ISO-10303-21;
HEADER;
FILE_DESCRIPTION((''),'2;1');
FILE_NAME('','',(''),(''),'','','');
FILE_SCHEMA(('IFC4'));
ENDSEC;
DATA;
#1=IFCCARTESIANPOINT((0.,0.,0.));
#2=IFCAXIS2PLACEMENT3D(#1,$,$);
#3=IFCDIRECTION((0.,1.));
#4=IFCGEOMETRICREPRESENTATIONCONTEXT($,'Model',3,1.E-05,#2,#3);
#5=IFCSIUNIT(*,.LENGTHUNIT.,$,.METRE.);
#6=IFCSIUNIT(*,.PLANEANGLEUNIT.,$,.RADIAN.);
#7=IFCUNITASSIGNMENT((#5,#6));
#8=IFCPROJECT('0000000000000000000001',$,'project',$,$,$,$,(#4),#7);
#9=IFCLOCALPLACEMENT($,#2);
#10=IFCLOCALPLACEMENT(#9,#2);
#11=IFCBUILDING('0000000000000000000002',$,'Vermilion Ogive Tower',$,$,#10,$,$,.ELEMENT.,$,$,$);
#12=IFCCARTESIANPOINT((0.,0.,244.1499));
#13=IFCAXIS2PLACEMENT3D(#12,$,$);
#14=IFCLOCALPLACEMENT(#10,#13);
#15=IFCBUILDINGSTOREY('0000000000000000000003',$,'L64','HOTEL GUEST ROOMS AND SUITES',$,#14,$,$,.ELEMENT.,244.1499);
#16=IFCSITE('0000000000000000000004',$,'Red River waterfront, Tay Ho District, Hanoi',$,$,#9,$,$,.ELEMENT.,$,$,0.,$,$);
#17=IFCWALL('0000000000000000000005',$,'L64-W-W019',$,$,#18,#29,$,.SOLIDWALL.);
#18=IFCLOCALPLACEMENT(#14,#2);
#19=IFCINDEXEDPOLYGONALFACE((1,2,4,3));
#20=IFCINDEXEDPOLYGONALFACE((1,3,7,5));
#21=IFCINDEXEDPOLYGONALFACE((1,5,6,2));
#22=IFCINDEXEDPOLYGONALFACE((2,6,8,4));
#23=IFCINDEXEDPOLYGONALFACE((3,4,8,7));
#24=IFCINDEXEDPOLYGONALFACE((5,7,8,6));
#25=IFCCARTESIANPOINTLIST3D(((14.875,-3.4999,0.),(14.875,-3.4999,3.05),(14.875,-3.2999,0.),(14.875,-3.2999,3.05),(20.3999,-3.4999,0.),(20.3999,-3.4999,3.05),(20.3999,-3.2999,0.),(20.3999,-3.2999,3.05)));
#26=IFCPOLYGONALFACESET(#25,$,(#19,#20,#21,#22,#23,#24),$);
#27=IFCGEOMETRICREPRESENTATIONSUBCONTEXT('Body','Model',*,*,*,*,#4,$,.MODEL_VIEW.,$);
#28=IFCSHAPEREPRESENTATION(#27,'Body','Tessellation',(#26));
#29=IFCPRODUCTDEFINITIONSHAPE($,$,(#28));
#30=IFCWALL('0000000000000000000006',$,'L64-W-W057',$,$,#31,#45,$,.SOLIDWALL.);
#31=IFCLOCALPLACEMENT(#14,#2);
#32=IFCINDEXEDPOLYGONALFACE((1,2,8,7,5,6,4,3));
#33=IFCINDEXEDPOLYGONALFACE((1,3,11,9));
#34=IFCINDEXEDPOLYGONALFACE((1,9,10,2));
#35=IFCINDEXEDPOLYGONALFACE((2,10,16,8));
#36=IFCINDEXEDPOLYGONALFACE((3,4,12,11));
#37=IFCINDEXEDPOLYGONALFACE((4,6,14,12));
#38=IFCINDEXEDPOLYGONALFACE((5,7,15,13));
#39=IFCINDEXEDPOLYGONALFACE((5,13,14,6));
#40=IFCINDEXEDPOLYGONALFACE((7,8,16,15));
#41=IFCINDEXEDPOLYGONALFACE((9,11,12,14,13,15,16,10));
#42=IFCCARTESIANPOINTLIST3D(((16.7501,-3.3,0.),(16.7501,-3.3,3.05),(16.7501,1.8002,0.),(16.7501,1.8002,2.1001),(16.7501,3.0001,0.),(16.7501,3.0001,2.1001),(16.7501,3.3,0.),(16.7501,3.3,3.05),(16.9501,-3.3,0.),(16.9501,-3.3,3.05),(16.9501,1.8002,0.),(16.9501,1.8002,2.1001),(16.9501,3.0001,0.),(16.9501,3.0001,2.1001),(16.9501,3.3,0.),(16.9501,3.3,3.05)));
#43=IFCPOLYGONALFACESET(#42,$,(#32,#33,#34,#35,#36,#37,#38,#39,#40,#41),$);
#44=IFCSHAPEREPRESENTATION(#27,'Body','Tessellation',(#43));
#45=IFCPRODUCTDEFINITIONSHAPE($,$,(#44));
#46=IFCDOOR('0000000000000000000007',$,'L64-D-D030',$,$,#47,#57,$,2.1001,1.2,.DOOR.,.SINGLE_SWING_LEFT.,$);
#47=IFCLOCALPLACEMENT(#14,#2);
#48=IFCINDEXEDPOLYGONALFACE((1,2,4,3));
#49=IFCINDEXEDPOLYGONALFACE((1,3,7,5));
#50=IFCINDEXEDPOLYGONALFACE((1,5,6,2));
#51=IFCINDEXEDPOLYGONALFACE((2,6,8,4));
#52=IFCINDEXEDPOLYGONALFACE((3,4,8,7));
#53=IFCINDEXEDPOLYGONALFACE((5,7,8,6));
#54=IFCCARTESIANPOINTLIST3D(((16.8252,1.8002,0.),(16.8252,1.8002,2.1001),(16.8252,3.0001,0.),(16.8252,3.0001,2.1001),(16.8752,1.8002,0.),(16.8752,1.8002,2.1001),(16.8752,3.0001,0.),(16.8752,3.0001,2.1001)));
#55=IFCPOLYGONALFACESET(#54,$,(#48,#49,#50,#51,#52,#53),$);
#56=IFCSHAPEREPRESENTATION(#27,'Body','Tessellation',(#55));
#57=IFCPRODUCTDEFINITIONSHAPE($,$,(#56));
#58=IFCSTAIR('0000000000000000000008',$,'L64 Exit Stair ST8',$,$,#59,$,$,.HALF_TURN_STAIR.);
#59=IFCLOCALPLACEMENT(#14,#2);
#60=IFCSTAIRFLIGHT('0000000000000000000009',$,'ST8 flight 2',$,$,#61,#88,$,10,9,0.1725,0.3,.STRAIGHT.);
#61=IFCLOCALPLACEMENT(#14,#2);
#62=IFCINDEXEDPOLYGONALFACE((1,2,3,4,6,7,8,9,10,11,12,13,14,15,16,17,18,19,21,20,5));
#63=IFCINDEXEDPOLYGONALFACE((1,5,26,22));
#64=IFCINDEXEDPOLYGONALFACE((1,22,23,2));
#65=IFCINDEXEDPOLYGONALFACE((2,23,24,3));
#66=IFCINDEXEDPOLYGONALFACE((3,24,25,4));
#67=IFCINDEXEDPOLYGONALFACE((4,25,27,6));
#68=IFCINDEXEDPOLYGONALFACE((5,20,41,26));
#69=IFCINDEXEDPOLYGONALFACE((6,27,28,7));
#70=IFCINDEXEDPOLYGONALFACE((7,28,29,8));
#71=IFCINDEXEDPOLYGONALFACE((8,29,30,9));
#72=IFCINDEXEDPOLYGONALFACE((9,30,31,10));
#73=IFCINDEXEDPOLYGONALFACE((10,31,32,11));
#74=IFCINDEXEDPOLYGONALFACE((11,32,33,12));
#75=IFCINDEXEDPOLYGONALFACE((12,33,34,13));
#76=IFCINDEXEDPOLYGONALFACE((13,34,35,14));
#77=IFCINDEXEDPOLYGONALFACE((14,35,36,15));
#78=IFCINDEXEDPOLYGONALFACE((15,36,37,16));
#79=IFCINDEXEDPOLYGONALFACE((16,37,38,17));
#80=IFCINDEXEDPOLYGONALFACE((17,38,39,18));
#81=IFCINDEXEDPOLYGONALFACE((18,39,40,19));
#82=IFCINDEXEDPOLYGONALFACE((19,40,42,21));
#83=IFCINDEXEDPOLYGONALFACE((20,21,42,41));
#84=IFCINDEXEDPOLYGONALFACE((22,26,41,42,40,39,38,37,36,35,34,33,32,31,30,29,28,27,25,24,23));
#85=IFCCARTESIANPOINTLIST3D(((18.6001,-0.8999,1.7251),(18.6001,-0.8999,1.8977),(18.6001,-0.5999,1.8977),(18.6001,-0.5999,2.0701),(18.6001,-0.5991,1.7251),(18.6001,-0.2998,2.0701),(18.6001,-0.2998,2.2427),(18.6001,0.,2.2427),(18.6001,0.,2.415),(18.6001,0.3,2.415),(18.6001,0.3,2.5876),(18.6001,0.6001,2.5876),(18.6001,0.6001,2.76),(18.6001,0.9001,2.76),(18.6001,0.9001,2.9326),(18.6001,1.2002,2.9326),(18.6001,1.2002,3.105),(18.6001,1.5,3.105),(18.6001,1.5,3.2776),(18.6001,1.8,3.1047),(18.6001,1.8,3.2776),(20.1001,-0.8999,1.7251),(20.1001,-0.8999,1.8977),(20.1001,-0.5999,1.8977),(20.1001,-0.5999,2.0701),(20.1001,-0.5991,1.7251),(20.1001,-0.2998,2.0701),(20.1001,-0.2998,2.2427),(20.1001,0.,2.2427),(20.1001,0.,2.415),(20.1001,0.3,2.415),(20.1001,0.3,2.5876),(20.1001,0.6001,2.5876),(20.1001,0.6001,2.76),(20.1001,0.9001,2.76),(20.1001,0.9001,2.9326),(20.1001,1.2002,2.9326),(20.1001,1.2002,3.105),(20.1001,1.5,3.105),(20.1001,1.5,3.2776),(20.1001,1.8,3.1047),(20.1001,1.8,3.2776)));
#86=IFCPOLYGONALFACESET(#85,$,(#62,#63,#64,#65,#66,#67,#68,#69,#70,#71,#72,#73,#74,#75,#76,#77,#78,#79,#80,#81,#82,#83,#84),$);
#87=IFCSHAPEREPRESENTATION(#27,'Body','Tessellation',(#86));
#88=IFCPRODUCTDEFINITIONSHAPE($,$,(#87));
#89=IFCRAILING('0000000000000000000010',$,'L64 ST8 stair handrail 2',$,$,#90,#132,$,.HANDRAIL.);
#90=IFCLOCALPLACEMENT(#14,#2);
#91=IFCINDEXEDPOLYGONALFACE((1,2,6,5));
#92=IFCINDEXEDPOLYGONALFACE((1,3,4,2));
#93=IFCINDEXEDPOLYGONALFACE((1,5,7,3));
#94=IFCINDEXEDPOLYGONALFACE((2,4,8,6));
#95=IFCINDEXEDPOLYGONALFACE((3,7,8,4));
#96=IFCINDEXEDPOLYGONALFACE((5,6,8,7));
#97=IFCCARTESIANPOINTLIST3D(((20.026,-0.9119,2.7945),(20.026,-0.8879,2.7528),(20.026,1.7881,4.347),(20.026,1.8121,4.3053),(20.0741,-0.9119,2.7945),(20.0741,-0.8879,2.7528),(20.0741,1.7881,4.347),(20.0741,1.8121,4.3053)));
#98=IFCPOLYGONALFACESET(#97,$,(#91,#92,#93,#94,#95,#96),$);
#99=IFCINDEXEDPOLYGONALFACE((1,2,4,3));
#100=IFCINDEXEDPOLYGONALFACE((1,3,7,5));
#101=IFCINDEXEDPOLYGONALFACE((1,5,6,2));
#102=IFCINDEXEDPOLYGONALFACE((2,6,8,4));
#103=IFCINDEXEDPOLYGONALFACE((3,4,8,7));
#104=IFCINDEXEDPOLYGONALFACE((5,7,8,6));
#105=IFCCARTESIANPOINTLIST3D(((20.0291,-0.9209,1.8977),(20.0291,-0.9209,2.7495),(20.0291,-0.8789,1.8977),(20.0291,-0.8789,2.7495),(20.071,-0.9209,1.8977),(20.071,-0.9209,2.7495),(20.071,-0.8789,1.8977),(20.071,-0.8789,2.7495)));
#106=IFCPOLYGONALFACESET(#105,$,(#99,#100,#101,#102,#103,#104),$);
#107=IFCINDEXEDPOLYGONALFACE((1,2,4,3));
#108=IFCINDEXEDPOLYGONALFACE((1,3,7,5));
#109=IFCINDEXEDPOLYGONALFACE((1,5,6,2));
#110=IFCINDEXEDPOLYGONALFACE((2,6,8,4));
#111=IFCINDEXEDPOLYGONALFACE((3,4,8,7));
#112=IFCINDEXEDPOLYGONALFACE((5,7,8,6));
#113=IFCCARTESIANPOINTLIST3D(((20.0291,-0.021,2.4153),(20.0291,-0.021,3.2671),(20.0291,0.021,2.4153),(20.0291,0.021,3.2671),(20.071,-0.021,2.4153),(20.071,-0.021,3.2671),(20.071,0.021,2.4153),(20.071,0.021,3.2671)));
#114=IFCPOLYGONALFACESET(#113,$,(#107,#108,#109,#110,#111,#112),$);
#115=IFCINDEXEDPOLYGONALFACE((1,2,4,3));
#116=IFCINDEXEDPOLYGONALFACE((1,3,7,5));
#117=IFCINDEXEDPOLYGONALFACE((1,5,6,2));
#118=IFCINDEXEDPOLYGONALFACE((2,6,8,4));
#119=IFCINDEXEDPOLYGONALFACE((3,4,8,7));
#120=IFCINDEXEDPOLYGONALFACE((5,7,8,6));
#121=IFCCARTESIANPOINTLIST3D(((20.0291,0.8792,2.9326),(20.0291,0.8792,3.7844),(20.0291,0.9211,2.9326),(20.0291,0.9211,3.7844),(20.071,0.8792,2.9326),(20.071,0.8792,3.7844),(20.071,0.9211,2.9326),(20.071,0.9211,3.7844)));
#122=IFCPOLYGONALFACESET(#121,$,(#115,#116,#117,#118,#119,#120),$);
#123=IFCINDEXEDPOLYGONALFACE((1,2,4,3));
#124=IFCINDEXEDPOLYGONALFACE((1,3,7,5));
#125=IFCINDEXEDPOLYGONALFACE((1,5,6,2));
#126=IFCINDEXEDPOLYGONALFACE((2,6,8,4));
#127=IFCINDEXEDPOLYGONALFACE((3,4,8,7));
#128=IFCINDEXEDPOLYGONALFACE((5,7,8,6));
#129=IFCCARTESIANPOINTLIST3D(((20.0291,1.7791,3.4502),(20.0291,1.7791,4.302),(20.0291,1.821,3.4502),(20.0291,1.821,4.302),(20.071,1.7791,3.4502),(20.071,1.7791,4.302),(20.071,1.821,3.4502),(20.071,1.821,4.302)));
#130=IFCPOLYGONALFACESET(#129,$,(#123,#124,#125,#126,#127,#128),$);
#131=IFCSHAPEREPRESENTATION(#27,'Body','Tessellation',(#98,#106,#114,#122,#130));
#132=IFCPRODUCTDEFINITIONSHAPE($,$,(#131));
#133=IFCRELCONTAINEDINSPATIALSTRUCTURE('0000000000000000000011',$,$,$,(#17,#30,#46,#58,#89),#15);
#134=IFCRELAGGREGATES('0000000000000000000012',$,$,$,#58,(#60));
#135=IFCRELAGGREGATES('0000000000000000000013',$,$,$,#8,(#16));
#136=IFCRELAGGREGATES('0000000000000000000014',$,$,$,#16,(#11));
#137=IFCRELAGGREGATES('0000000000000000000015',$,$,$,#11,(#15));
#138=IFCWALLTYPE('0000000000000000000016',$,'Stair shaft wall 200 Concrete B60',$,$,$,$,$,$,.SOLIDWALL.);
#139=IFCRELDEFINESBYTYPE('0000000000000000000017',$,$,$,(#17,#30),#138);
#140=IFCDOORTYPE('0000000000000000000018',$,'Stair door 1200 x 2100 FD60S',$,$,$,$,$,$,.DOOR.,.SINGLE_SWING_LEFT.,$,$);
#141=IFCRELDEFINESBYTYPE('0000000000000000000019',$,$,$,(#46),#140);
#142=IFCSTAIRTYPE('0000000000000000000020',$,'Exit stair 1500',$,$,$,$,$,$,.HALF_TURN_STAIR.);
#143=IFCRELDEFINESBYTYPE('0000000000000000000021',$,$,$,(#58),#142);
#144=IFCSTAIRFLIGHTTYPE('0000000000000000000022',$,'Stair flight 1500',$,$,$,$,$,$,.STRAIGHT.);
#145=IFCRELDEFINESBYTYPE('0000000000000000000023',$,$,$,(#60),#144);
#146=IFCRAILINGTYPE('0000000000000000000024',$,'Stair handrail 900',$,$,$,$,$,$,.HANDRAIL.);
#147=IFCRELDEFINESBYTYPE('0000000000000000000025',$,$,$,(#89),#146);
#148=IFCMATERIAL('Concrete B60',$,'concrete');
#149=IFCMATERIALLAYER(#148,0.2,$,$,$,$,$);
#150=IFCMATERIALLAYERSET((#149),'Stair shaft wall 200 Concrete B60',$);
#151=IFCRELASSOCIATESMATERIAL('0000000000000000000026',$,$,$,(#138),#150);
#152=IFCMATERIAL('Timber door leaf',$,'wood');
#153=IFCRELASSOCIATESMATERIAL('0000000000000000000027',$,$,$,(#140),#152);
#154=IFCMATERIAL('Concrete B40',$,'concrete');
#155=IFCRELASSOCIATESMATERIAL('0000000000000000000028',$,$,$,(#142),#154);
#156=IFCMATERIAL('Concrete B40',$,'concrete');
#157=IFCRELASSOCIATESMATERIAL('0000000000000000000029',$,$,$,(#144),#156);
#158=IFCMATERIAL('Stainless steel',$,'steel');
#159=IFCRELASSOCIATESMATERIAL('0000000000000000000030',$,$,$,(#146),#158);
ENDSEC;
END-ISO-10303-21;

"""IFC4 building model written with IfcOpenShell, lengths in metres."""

from ifc_helpers import new_model, si_unit, direction, frame, frame_2d, origin, origin_2d, place, context, subcontext, project, spatial, polyline, rectangle, outline, extrude, material, layer, layer_set, type_object, element, fill, aggregate, save


model = new_model("IFC4")

# Units and contexts
model_context = context("Model", 3, precision=1e-05, world=origin(), true_north=direction((0.0, 1.0)))
body_context = subcontext(model_context, "Body", "Model", "MODEL_VIEW")
ifc_project = project(units=[si_unit("LENGTHUNIT", "METRE"), si_unit("PLANEANGLEUNIT", "RADIAN")], contexts=[model_context])

# Site, building, storey
site_placement = place(None, origin())
site = spatial("IfcSite", under=ifc_project, at=site_placement, Name="Red River waterfront, Tay Ho District, Hanoi", CompositionType="ELEMENT", RefElevation=0.0)
building_placement = place(site_placement, origin())
building = spatial("IfcBuilding", under=site, at=building_placement, Name="Vermilion Ogive Tower", CompositionType="ELEMENT")
storey_placement = place(building_placement, frame((0.0, 0.0, 244.1499)))
storey = spatial("IfcBuildingStorey", under=building, at=storey_placement, Name="L64", Description="HOTEL GUEST ROOMS AND SUITES", CompositionType="ELEMENT", Elevation=244.1499)

# Wall
ifc_material_1 = material(Name="Concrete B60", Category="concrete")
ifc_layer_1 = layer(ifc_material_1, 0.2)
ifc_layer_set_1 = layer_set([ifc_layer_1], Name="Stair shaft wall 200 Concrete B60")
wall_type_1 = type_object("IfcWallType", Name="Stair shaft wall 200 Concrete B60", PredefinedType="SOLIDWALL", material=ifc_layer_set_1)
wall_1_placement = place(storey_placement, frame((14.875, -3.3999, 0.0), z_axis=(0.0, 0.0, 1.0), x_axis=(1.0, 0.0, 0.0)))
element("IfcWall", 1, at=wall_1_placement, inside=storey, type_object=wall_type_1, Name="L64-W-W019", PredefinedType="SOLIDWALL", context=body_context, shape_type="SweptSolid", body=[
    extrude(rectangle(XDim=5.5249, YDim=0.2, at=frame_2d((2.7625, 0.0))), origin(), (0.0, 0.0, 1.0), 3.05),
])

# Wall, opening, door
wall_2_placement = place(storey_placement, frame((16.8501, -3.3, 0.0), z_axis=(0.0, 0.0, 1.0), x_axis=(0.0, 1.0, 0.0)))
wall_2 = element("IfcWall", 2, at=wall_2_placement, inside=storey, type_object=wall_type_1, Name="L64-W-W057", PredefinedType="SOLIDWALL", context=body_context, shape_type="SweptSolid", body=[
    extrude(rectangle(XDim=6.6001, YDim=0.2, at=frame_2d((3.3, 0.0))), origin(), (0.0, 0.0, 1.0), 3.05),
])
opening_1_placement = place(wall_2_placement, frame((5.1001, 0.0, 0.0)))
opening_1 = element("IfcOpeningElement", 3, at=opening_1_placement, cuts=wall_2, PredefinedType="OPENING", context=body_context, shape_type="SweptSolid", body=[
    extrude(rectangle(XDim=1.2, YDim=2.1001, at=frame_2d((0.6001, 1.05))), frame((0.0, 0.1099, 0.0), z_axis=(0.0, -1.0, 0.0), x_axis=(1.0, 0.0, 0.0)), (0.0, 0.0, 1.0), 0.22),
])
ifc_material_2 = material(Name="Timber door leaf", Category="wood")
door_type_1 = type_object("IfcDoorType", Name="Stair door 1200 x 2100 FD60S", OperationType="SINGLE_SWING_LEFT", PredefinedType="DOOR", material=ifc_material_2)
door_1_placement = place(opening_1_placement, origin())
door_1 = element("IfcDoor", 4, at=door_1_placement, inside=storey, type_object=door_type_1, Name="L64-D-D030", OperationType="SINGLE_SWING_LEFT", OverallHeight=2.1001, OverallWidth=1.2, PredefinedType="DOOR", context=body_context, shape_type="SweptSolid", body=[
    extrude(rectangle(XDim=1.2, YDim=2.1001, at=frame_2d((0.6001, 1.05))), frame((0.0, 0.0249, 0.0), z_axis=(0.0, -1.0, 0.0), x_axis=(1.0, 0.0, 0.0)), (0.0, 0.0, 1.0), 0.05),
])
fill(opening_1, door_1)

# Stair, stair flight
ifc_material_3 = material(Name="Concrete B40", Category="concrete")
stair_type = type_object("IfcStairType", Name="Exit stair 1500", PredefinedType="HALF_TURN_STAIR", material=ifc_material_3)
stair_placement = place(storey_placement, origin())
stair = element("IfcStair", 5, at=stair_placement, inside=storey, type_object=stair_type, Name="L64 Exit Stair ST8", PredefinedType="HALF_TURN_STAIR")
ifc_material_4 = material(Name="Concrete B40", Category="concrete")
stair_flight_type = type_object("IfcStairFlightType", Name="Stair flight 1500", PredefinedType="STRAIGHT", material=ifc_material_4)
stair_flight_placement = place(storey_placement, frame((19.3501, -0.8999, 1.7251), z_axis=(0.0, 0.0, 1.0), x_axis=(0.0, 1.0, 0.0)))
stair_flight = element("IfcStairFlight", 6, at=stair_flight_placement, type_object=stair_flight_type, Name="ST8 flight 2", NumberOfRisers=10, NumberOfTreads=9, PredefinedType="STRAIGHT", RiserHeight=0.1725, TreadLength=0.3, context=body_context, shape_type="SweptSolid", body=[
    extrude(outline(polyline([(0.0, 0.0), (0.0, 0.1726), (0.3, 0.1726), (0.3, 0.345), (0.6001, 0.345), (0.6001, 0.5176), (0.8999, 0.5176), (0.8999, 0.6899), (1.2, 0.6899), (1.2, 0.8625), (1.5, 0.8625), (1.5, 1.0349), (1.8, 1.0349), (1.8, 1.2075), (2.1001, 1.2075), (2.1001, 1.3799), (2.3999, 1.3799), (2.3999, 1.5525), (2.7, 1.5525), (2.7, 1.7251), (2.7, 1.3796), (0.3008, 0.0), (0.0, 0.0)])), frame((0.0, 0.75, 0.0), z_axis=(0.0, -1.0, 0.0), x_axis=(1.0, 0.0, 0.0)), (0.0, 0.0, 1.0), 1.5),
])
aggregate(stair, [stair_flight])

# Railing
ifc_material_5 = material(Name="Stainless steel", Category="steel")
railing_type = type_object("IfcRailingType", Name="Stair handrail 900", PredefinedType="HANDRAIL", material=ifc_material_5)
railing_placement = place(storey_placement, frame((20.05, -0.8999, 1.8977)))
element("IfcRailing", 7, at=railing_placement, inside=storey, type_object=railing_type, Name="L64 ST8 stair handrail 2", PredefinedType="HANDRAIL", context=body_context, shape_type="SweptSolid", body=[
    extrude(rectangle(XDim=0.0481, YDim=0.0481, at=origin_2d()), frame((0.0, 0.0, 0.876), z_axis=(0.0, 0.866904, 0.498476), x_axis=(-1.0, 0.0, 0.0)), (0.0, 0.0, 1.0), 3.1145),
    extrude(rectangle(XDim=0.042, YDim=0.042, at=origin_2d()), origin(), (0.0, 0.0, 1.0), 0.8518),
    extrude(rectangle(XDim=0.042, YDim=0.042, at=origin_2d()), frame((0.0, 0.8999, 0.5176)), (0.0, 0.0, 1.0), 0.8518),
    extrude(rectangle(XDim=0.042, YDim=0.042, at=origin_2d()), frame((0.0, 1.8, 1.0349)), (0.0, 0.0, 1.0), 0.8518),
    extrude(rectangle(XDim=0.042, YDim=0.042, at=origin_2d()), frame((0.0, 2.7, 1.5525)), (0.0, 0.0, 1.0), 0.8518),
])

save(model, "model.ifc")
